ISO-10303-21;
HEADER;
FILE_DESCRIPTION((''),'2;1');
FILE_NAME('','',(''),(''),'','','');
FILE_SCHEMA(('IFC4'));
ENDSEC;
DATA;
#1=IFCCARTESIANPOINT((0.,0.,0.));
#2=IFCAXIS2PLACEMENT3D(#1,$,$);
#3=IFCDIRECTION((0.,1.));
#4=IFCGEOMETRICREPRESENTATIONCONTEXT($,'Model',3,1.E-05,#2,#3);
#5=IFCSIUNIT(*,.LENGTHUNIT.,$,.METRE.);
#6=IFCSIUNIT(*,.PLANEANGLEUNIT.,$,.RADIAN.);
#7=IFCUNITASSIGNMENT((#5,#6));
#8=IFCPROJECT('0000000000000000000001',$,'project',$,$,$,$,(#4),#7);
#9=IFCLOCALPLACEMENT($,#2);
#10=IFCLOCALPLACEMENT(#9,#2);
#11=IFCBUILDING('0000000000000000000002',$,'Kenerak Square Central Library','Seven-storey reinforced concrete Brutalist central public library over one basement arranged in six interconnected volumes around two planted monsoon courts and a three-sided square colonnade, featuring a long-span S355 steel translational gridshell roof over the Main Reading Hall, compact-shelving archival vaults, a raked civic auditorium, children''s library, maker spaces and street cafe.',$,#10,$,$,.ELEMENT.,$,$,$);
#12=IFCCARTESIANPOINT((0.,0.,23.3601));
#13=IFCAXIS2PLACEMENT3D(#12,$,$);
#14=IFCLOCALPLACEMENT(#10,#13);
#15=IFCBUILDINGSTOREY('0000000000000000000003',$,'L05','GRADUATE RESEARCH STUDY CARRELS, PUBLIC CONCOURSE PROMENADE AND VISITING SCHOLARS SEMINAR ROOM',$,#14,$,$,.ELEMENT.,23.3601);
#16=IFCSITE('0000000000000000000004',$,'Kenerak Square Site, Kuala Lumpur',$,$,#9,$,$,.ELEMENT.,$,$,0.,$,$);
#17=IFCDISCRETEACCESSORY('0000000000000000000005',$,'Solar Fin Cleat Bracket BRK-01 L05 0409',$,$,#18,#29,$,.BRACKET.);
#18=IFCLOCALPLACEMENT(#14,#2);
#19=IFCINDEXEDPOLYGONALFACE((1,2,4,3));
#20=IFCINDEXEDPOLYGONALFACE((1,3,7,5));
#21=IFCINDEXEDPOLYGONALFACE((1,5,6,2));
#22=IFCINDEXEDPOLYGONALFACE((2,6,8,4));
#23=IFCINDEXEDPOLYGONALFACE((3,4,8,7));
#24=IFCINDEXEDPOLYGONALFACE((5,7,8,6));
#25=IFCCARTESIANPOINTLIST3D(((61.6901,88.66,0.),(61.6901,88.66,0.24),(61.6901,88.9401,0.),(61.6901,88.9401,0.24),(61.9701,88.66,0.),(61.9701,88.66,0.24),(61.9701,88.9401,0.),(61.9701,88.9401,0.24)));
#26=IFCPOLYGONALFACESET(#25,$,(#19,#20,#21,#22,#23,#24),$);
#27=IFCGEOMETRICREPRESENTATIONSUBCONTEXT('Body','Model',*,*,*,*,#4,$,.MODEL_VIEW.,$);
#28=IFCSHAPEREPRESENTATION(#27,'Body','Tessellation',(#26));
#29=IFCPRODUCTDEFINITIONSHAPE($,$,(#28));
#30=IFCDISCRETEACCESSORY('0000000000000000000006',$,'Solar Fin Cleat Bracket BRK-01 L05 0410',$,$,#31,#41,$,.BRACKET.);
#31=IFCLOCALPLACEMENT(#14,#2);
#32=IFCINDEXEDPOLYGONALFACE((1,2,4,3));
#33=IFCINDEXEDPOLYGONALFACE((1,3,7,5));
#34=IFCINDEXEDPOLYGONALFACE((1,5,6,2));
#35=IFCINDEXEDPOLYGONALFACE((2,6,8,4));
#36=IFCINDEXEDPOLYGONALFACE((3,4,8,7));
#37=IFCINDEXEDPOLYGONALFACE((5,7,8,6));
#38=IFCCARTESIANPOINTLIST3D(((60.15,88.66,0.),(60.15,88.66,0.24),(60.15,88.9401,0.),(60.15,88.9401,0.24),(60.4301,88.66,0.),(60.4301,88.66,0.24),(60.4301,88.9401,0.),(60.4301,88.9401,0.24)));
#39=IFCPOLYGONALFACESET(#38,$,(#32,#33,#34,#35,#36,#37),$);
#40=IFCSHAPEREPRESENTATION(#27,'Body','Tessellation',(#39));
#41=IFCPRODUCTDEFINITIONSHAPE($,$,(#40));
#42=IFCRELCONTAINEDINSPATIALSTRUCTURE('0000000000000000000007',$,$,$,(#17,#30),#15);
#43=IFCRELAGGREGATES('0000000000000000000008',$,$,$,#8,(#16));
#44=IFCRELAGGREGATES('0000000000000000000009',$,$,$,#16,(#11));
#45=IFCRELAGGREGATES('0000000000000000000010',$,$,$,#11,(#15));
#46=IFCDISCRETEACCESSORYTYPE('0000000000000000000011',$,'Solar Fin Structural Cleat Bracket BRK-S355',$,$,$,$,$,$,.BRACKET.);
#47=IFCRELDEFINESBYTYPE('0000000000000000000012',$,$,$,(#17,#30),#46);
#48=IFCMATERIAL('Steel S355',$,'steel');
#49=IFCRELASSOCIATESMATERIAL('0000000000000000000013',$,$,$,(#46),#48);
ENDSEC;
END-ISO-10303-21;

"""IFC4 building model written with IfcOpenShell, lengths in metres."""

from ifc_helpers import new_model, si_unit, direction, frame, origin, origin_2d, place, context, subcontext, project, spatial, rectangle, extrude, material, type_object, element, save


model = new_model("IFC4")

# Units and contexts
model_context = context("Model", 3, precision=1e-05, world=origin(), true_north=direction((0.0, 1.0)))
body_context = subcontext(model_context, "Body", "Model", "MODEL_VIEW")
ifc_project = project(units=[si_unit("LENGTHUNIT", "METRE"), si_unit("PLANEANGLEUNIT", "RADIAN")], contexts=[model_context])

# Site, building, storey
site_placement = place(None, origin())
site = spatial("IfcSite", under=ifc_project, at=site_placement, Name="Kenerak Square Site, Kuala Lumpur", CompositionType="ELEMENT", RefElevation=0.0)
building_placement = place(site_placement, origin())
building = spatial("IfcBuilding", under=site, at=building_placement, Name="Kenerak Square Central Library", Description="Seven-storey reinforced concrete Brutalist central public library over one basement arranged in six interconnected volumes around two planted monsoon courts and a three-sided square colonnade, featuring a long-span S355 steel translational gridshell roof over the Main Reading Hall, compact-shelving archival vaults, a raked civic auditorium, children's library, maker spaces and street cafe.", CompositionType="ELEMENT")
storey_placement = place(building_placement, frame((0.0, 0.0, 23.3601)))
storey = spatial("IfcBuildingStorey", under=building, at=storey_placement, Name="L05", Description="GRADUATE RESEARCH STUDY CARRELS, PUBLIC CONCOURSE PROMENADE AND VISITING SCHOLARS SEMINAR ROOM", CompositionType="ELEMENT", Elevation=23.3601)

# Shared definitions
ifc_material_1 = material(Name="Steel S355", Category="steel")

# Discrete accessories
discrete_accessory_type = type_object("IfcDiscreteAccessoryType", Name="Solar Fin Structural Cleat Bracket BRK-S355", PredefinedType="BRACKET", material=ifc_material_1)
for number, where, z_axis, x_axis, name in (
    (1, (61.8301, 88.8, 0.0), (0.0, 0.0, 1.0), (-1.0, 0.0, 0.0), "Solar Fin Cleat Bracket BRK-01 L05 0409"),
    (2, (60.29, 88.8, 0.0), (0.0, 0.0, 1.0), (-1.0, 0.0, 0.0), "Solar Fin Cleat Bracket BRK-01 L05 0410"),
):
    element("IfcDiscreteAccessory", number, at=place(storey_placement, frame(where, z_axis=z_axis, x_axis=x_axis)), inside=storey, type_object=discrete_accessory_type, Name=name, PredefinedType="BRACKET", context=body_context, shape_type="SweptSolid", body=[
        extrude(rectangle(XDim=0.28, YDim=0.28, at=origin_2d()), origin(), (0.0, 0.0, 1.0), 0.24),
    ])

save(model, "model.ifc")
